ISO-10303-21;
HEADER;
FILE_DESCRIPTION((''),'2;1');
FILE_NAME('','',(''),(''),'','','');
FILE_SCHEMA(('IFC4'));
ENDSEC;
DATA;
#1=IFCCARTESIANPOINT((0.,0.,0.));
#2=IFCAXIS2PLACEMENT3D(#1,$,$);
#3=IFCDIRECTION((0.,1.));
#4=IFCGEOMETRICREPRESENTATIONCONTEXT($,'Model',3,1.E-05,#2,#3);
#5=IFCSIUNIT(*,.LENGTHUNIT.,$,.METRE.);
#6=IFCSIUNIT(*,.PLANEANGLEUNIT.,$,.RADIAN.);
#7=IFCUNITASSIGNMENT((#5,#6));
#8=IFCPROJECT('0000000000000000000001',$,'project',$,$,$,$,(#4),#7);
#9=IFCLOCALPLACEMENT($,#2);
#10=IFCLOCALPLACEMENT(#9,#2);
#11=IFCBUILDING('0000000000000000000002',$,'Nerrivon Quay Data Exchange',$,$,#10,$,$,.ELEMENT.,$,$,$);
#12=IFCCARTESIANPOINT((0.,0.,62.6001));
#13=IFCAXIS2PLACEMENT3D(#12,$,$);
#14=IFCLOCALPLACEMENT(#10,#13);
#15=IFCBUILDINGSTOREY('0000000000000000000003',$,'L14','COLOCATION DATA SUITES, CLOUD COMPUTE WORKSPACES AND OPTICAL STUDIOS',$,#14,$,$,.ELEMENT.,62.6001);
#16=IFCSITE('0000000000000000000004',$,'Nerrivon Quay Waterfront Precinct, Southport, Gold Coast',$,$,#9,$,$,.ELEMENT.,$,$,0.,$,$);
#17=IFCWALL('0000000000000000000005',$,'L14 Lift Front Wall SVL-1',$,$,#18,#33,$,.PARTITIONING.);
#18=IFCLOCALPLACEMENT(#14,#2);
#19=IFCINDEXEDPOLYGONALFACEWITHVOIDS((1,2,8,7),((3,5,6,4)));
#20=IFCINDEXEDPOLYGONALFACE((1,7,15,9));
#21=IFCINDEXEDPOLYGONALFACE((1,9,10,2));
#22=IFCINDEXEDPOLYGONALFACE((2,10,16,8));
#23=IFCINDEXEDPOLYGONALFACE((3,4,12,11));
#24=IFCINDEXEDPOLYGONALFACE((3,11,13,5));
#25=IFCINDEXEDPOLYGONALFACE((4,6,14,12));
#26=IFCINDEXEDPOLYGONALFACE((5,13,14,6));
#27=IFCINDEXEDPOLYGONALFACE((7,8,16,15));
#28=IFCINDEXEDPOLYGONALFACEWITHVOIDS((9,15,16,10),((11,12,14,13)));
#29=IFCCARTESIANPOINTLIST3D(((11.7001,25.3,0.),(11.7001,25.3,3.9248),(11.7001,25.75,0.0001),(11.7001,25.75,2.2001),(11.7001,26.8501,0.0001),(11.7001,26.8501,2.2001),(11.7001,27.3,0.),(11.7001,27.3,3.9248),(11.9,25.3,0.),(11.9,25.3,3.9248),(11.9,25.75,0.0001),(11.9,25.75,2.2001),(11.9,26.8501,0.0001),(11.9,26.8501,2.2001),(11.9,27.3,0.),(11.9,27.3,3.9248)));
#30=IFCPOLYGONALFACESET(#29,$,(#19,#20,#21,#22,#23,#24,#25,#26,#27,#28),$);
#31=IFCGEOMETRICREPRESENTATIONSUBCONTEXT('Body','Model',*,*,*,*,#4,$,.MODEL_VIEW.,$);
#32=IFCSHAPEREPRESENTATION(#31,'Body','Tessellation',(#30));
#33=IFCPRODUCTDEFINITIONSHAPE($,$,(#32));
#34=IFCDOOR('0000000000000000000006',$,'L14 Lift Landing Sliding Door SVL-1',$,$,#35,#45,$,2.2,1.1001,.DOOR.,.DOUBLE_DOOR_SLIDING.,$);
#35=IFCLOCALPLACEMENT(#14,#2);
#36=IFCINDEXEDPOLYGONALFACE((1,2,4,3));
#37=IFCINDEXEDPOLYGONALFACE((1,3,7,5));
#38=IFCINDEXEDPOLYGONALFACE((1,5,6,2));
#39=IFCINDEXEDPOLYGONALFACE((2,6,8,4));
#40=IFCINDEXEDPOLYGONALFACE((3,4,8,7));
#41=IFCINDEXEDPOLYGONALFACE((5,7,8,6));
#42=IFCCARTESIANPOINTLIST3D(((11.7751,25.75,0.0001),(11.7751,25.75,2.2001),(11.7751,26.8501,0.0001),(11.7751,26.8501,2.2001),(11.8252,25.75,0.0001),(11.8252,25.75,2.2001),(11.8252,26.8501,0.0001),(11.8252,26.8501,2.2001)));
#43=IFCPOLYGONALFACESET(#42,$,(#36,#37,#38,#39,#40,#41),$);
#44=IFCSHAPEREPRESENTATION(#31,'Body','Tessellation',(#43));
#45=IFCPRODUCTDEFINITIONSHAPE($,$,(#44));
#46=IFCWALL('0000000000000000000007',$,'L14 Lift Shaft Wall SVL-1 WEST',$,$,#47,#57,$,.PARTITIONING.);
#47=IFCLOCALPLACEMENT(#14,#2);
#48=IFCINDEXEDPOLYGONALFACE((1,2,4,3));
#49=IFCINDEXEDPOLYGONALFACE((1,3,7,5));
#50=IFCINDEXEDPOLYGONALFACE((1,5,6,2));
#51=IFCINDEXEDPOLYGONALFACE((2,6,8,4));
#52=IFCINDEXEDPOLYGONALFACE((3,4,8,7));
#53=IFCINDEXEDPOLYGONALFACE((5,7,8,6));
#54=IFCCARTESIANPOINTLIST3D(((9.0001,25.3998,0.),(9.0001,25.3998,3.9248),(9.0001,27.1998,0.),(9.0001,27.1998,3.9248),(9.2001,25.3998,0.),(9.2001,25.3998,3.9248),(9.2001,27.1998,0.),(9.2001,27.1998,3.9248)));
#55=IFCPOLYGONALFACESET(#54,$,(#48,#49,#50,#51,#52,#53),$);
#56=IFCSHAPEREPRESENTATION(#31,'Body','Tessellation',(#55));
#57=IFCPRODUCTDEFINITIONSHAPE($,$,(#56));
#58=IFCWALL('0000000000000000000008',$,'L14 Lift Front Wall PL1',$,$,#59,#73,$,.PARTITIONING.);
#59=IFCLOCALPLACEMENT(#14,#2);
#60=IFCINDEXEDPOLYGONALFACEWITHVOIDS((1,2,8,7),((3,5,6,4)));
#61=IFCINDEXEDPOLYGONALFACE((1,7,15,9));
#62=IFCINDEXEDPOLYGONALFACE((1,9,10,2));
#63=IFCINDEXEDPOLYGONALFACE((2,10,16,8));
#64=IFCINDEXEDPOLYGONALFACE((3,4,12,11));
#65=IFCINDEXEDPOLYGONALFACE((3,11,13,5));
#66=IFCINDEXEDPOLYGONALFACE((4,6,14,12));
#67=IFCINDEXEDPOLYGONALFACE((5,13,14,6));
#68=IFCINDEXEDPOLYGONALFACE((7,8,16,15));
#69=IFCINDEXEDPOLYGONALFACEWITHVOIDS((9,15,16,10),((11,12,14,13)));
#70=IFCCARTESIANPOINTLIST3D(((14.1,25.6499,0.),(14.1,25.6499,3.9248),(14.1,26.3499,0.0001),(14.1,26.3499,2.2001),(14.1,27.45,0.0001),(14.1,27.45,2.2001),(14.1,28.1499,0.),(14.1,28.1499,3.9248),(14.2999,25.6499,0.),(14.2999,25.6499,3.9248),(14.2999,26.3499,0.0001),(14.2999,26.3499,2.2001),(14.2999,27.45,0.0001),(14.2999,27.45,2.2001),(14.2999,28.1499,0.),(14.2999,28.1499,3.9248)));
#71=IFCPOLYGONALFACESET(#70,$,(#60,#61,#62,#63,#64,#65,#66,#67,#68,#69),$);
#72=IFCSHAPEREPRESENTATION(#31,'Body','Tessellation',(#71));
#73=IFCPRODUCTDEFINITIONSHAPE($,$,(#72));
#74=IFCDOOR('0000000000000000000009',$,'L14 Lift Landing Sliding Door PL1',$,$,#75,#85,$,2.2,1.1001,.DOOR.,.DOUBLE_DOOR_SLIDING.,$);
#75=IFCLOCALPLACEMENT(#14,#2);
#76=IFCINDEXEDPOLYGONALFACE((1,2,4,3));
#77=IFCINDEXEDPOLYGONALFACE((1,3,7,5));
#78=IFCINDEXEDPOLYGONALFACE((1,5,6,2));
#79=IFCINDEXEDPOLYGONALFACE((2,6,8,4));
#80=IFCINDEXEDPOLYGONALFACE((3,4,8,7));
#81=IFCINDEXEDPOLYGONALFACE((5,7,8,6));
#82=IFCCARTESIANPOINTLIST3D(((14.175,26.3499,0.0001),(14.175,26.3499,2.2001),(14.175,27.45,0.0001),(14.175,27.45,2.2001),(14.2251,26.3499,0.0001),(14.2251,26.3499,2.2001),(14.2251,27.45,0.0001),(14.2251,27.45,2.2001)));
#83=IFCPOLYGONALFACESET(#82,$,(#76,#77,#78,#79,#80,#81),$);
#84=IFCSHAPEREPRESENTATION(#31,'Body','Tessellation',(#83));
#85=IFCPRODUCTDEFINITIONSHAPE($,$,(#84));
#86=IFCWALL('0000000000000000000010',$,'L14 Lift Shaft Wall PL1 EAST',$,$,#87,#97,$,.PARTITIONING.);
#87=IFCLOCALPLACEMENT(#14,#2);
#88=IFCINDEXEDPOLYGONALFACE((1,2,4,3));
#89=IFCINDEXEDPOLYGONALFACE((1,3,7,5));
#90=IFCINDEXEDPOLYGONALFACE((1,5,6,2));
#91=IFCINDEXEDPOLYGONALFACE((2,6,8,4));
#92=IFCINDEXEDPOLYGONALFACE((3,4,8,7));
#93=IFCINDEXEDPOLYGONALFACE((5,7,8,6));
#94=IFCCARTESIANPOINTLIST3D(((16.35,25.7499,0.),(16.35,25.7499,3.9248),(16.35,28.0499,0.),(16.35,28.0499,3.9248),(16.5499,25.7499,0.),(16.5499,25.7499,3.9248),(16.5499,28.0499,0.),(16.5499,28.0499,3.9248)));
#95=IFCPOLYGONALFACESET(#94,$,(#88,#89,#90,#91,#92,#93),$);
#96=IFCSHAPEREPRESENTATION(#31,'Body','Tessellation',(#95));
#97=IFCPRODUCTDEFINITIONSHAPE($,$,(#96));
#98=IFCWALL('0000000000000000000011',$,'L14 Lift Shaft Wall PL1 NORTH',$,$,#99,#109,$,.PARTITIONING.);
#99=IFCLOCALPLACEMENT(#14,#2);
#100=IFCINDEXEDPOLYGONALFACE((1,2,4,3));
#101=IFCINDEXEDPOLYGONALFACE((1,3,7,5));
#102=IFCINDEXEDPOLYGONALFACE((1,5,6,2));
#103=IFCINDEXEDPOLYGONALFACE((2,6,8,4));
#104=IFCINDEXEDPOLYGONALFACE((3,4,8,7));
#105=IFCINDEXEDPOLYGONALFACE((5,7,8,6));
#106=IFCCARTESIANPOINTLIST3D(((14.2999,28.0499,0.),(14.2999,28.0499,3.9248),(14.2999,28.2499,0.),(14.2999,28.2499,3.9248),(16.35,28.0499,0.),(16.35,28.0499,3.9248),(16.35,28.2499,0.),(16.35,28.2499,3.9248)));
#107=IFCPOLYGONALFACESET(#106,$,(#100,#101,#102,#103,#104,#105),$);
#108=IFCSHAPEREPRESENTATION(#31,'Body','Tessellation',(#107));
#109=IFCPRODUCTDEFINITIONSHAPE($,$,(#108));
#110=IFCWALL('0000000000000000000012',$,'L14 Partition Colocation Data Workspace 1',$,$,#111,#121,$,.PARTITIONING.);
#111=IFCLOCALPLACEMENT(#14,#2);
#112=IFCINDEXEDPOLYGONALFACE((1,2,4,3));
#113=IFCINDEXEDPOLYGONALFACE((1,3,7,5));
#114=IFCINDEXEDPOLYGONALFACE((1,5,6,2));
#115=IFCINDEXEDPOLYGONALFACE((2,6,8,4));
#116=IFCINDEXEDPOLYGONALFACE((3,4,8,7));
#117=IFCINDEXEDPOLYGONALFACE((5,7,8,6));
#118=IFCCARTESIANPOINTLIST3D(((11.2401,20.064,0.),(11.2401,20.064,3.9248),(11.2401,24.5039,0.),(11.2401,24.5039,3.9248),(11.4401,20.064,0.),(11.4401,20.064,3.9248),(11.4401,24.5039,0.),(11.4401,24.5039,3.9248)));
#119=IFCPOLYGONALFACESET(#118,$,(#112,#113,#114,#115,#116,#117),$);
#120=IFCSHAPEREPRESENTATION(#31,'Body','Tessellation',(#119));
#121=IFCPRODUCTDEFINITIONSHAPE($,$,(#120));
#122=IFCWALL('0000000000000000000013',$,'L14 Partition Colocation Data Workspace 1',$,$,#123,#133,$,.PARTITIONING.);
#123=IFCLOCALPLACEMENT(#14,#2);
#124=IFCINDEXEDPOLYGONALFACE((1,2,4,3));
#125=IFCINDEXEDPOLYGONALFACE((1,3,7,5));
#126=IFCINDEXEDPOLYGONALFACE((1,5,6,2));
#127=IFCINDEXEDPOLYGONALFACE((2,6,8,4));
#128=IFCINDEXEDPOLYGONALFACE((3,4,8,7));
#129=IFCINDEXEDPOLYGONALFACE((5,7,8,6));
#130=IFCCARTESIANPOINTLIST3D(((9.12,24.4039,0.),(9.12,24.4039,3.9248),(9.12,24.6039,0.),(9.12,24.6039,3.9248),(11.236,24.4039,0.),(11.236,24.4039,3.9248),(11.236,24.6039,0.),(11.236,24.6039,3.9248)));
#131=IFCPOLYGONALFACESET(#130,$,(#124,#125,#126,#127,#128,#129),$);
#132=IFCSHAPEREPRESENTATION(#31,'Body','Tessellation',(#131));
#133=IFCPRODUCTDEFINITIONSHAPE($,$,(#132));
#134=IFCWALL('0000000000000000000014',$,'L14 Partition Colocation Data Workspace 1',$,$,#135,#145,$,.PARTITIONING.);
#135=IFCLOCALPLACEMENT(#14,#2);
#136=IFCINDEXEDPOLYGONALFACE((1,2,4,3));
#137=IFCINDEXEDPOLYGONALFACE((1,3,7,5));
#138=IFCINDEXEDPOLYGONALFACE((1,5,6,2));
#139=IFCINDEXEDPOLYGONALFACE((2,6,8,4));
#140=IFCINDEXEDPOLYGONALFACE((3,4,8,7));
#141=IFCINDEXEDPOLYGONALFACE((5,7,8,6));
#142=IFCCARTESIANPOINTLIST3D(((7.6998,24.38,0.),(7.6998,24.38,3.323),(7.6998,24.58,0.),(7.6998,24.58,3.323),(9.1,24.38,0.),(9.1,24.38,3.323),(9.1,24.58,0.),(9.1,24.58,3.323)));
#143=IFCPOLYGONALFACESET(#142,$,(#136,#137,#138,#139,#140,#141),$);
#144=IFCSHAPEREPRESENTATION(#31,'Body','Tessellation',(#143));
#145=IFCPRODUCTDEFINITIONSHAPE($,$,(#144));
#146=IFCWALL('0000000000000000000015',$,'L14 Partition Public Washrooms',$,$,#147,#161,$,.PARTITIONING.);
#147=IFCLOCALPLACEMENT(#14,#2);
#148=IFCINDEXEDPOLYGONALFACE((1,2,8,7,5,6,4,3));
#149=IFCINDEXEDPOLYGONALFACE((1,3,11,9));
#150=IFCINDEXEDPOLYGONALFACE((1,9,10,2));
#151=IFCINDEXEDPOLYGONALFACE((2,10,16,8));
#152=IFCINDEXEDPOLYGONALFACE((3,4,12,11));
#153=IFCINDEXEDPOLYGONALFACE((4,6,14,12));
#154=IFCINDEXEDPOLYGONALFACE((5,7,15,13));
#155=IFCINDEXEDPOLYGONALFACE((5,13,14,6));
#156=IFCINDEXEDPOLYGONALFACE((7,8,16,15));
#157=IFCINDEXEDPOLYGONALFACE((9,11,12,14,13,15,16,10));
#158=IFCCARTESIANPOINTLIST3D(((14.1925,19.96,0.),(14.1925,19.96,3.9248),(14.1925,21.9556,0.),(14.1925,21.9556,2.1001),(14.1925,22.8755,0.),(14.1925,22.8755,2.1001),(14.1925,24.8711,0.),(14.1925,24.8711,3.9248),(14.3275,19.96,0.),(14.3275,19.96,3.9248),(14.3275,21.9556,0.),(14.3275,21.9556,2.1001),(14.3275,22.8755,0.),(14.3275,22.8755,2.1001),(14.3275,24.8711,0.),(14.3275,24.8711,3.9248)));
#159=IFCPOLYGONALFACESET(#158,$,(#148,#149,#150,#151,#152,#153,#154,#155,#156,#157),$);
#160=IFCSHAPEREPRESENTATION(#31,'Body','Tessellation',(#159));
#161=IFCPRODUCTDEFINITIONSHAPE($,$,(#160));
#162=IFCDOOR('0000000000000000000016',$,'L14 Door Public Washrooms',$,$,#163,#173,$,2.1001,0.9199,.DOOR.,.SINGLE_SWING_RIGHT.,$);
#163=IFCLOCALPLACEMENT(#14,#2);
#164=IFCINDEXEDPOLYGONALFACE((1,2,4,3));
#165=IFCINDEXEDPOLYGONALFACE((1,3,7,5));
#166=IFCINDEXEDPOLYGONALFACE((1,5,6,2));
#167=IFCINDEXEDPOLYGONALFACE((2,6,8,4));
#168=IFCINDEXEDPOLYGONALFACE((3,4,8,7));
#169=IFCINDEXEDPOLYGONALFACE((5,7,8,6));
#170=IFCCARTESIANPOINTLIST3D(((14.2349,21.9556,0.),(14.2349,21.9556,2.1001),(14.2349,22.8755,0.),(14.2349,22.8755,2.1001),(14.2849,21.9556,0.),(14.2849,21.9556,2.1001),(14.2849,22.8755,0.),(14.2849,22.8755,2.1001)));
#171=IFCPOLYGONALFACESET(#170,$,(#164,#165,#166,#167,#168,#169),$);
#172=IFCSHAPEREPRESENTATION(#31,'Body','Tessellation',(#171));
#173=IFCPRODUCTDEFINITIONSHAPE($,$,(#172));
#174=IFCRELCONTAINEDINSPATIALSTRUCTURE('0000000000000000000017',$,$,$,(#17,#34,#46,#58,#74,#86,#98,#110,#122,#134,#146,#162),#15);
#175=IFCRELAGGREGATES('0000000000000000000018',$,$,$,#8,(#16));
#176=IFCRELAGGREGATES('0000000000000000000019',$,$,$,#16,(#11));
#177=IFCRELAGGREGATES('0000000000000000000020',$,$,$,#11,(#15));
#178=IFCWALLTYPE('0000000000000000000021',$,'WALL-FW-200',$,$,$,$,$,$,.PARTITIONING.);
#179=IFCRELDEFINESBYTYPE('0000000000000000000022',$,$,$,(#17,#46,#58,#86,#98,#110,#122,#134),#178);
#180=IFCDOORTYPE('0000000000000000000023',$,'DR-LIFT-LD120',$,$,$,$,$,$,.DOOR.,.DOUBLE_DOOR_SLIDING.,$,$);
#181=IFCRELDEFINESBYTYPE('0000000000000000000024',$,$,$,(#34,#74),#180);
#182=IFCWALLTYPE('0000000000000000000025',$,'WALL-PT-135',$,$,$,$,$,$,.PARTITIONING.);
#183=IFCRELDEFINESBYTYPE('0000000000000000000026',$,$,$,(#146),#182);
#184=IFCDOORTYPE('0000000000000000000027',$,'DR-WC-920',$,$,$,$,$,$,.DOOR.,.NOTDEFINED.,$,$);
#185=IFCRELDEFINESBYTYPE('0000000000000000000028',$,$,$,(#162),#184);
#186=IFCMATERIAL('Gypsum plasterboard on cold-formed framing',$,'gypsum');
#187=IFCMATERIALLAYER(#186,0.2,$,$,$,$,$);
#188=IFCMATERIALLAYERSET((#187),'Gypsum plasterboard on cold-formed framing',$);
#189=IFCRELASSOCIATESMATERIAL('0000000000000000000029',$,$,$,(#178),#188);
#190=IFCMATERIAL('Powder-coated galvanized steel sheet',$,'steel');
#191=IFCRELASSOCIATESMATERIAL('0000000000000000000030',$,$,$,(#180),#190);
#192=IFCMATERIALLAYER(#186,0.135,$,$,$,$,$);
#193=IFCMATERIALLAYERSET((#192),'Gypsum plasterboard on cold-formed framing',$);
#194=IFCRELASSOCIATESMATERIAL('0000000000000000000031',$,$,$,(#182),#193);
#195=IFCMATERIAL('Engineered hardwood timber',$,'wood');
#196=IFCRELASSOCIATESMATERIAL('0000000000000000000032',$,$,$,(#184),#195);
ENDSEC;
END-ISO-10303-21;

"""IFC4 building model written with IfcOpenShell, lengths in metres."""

from ifc_helpers import new_model, si_unit, direction, frame, frame_2d, origin, place, context, subcontext, project, spatial, rectangle, extrude, material, layer, layer_set, type_object, element, fill, save


model = new_model("IFC4")

# Units and contexts
model_context = context("Model", 3, precision=1e-05, world=origin(), true_north=direction((0.0, 1.0)))
body_context = subcontext(model_context, "Body", "Model", "MODEL_VIEW")
ifc_project = project(units=[si_unit("LENGTHUNIT", "METRE"), si_unit("PLANEANGLEUNIT", "RADIAN")], contexts=[model_context])

# Site, building, storey
site_placement = place(None, origin())
site = spatial("IfcSite", under=ifc_project, at=site_placement, Name="Nerrivon Quay Waterfront Precinct, Southport, Gold Coast", CompositionType="ELEMENT", RefElevation=0.0)
building_placement = place(site_placement, origin())
building = spatial("IfcBuilding", under=site, at=building_placement, Name="Nerrivon Quay Data Exchange", CompositionType="ELEMENT")
storey_placement = place(building_placement, frame((0.0, 0.0, 62.6001)))
storey = spatial("IfcBuildingStorey", under=building, at=storey_placement, Name="L14", Description="COLOCATION DATA SUITES, CLOUD COMPUTE WORKSPACES AND OPTICAL STUDIOS", CompositionType="ELEMENT", Elevation=62.6001)

# Shared definitions
ifc_material_1 = material(Name="Powder-coated galvanized steel sheet", Category="steel")
ifc_material_2 = material(Name="Gypsum plasterboard on cold-formed framing", Category="gypsum")
ifc_layer_1 = layer(ifc_material_2, 0.2)
ifc_layer_set_1 = layer_set([ifc_layer_1], Name="Gypsum plasterboard on cold-formed framing")
wall_type_1 = type_object("IfcWallType", Name="WALL-FW-200", PredefinedType="PARTITIONING", material=ifc_layer_set_1)
door_type_1 = type_object("IfcDoorType", Name="DR-LIFT-LD120", OperationType="DOUBLE_DOOR_SLIDING", PredefinedType="DOOR", material=ifc_material_1)

# Wall, opening, door
wall_1_placement = place(storey_placement, frame((11.8, 25.3, 0.0), z_axis=(0.0, 0.0, 1.0), x_axis=(0.0, 1.0, 0.0)))
wall_1 = element("IfcWall", 1, at=wall_1_placement, inside=storey, type_object=wall_type_1, Name="L14 Lift Front Wall SVL-1", PredefinedType="PARTITIONING", context=body_context, shape_type="SweptSolid", body=[
    extrude(rectangle(XDim=2.0, YDim=0.2, at=frame_2d((1.0, 0.0))), origin(), (0.0, 0.0, 1.0), 3.9248),
])
opening_1_placement = place(wall_1_placement, frame((0.45, 0.0, 0.0)))
opening_1 = element("IfcOpeningElement", 2, at=opening_1_placement, cuts=wall_1, PredefinedType="OPENING", context=body_context, shape_type="SweptSolid", body=[
    extrude(rectangle(XDim=1.1001, YDim=2.2, at=frame_2d((0.55, 1.1001))), frame((0.0, 0.1099, 0.0), z_axis=(0.0, -1.0, 0.0), x_axis=(1.0, 0.0, 0.0)), (0.0, 0.0, 1.0), 0.22),
])
door_1_placement = place(opening_1_placement, origin())
door_1 = element("IfcDoor", 3, at=door_1_placement, inside=storey, type_object=door_type_1, Name="L14 Lift Landing Sliding Door SVL-1", OperationType="DOUBLE_DOOR_SLIDING", OverallHeight=2.2, OverallWidth=1.1001, PredefinedType="DOOR", context=body_context, shape_type="SweptSolid", body=[
    extrude(rectangle(XDim=1.1001, YDim=2.2, at=frame_2d((0.55, 1.1001))), frame((0.0, 0.0249, 0.0), z_axis=(0.0, -1.0, 0.0), x_axis=(1.0, 0.0, 0.0)), (0.0, 0.0, 1.0), 0.05),
])
fill(opening_1, door_1)

# Wall
wall_2_placement = place(storey_placement, frame((9.1001, 25.3999, 0.0), z_axis=(0.0, 0.0, 1.0), x_axis=(0.0, 1.0, 0.0)))
element("IfcWall", 4, at=wall_2_placement, inside=storey, type_object=wall_type_1, Name="L14 Lift Shaft Wall SVL-1 WEST", PredefinedType="PARTITIONING", context=body_context, shape_type="SweptSolid", body=[
    extrude(rectangle(XDim=1.8, YDim=0.2, at=frame_2d((0.8999, 0.0))), origin(), (0.0, 0.0, 1.0), 3.9248),
])

# Wall, opening, door
wall_3_placement = place(storey_placement, frame((14.2, 25.6499, 0.0), z_axis=(0.0, 0.0, 1.0), x_axis=(0.0, 1.0, 0.0)))
wall_3 = element("IfcWall", 5, at=wall_3_placement, inside=storey, type_object=wall_type_1, Name="L14 Lift Front Wall PL1", PredefinedType="PARTITIONING", context=body_context, shape_type="SweptSolid", body=[
    extrude(rectangle(XDim=2.5, YDim=0.2, at=frame_2d((1.25, 0.0))), origin(), (0.0, 0.0, 1.0), 3.9248),
])
opening_2_placement = place(wall_3_placement, frame((0.7, 0.0, 0.0)))
opening_2 = element("IfcOpeningElement", 6, at=opening_2_placement, cuts=wall_3, PredefinedType="OPENING", context=body_context, shape_type="SweptSolid", body=[
    extrude(rectangle(XDim=1.1001, YDim=2.2, at=frame_2d((0.55, 1.1001))), frame((0.0, 0.1099, 0.0), z_axis=(0.0, -1.0, 0.0), x_axis=(1.0, 0.0, 0.0)), (0.0, 0.0, 1.0), 0.22),
])
door_2_placement = place(opening_2_placement, origin())
door_2 = element("IfcDoor", 7, at=door_2_placement, inside=storey, type_object=door_type_1, Name="L14 Lift Landing Sliding Door PL1", OperationType="DOUBLE_DOOR_SLIDING", OverallHeight=2.2, OverallWidth=1.1001, PredefinedType="DOOR", context=body_context, shape_type="SweptSolid", body=[
    extrude(rectangle(XDim=1.1001, YDim=2.2, at=frame_2d((0.55, 1.1001))), frame((0.0, 0.0249, 0.0), z_axis=(0.0, -1.0, 0.0), x_axis=(1.0, 0.0, 0.0)), (0.0, 0.0, 1.0), 0.05),
])
fill(opening_2, door_2)

# Walls
wall_4_placement = place(storey_placement, frame((16.45, 25.75, 0.0), z_axis=(0.0, 0.0, 1.0), x_axis=(0.0, 1.0, 0.0)))
element("IfcWall", 8, at=wall_4_placement, inside=storey, type_object=wall_type_1, Name="L14 Lift Shaft Wall PL1 EAST", PredefinedType="PARTITIONING", context=body_context, shape_type="SweptSolid", body=[
    extrude(rectangle(XDim=2.3, YDim=0.2, at=frame_2d((1.1499, 0.0))), origin(), (0.0, 0.0, 1.0), 3.9248),
])
wall_5_placement = place(storey_placement, frame((14.3, 28.1499, 0.0), z_axis=(0.0, 0.0, 1.0), x_axis=(1.0, 0.0, 0.0)))
element("IfcWall", 9, at=wall_5_placement, inside=storey, type_object=wall_type_1, Name="L14 Lift Shaft Wall PL1 NORTH", PredefinedType="PARTITIONING", context=body_context, shape_type="SweptSolid", body=[
    extrude(rectangle(XDim=2.05, YDim=0.2, at=frame_2d((1.0249, 0.0))), origin(), (0.0, 0.0, 1.0), 3.9248),
])
wall_6_placement = place(storey_placement, frame((11.3401, 20.064, 0.0), z_axis=(0.0, 0.0, 1.0), x_axis=(0.0, 1.0, 0.0)))
element("IfcWall", 10, at=wall_6_placement, inside=storey, type_object=wall_type_1, Name="L14 Partition Colocation Data Workspace 1", PredefinedType="PARTITIONING", context=body_context, shape_type="SweptSolid", body=[
    extrude(rectangle(XDim=4.4399, YDim=0.2, at=frame_2d((2.22, 0.0))), origin(), (0.0, 0.0, 1.0), 3.9248),
])
wall_7_placement = place(storey_placement, frame((11.2361, 24.5039, 0.0), z_axis=(0.0, 0.0, 1.0), x_axis=(-1.0, 0.0, 0.0)))
element("IfcWall", 11, at=wall_7_placement, inside=storey, type_object=wall_type_1, Name="L14 Partition Colocation Data Workspace 1", PredefinedType="PARTITIONING", context=body_context, shape_type="SweptSolid", body=[
    extrude(rectangle(XDim=2.116, YDim=0.2, at=frame_2d((1.0581, 0.0))), origin(), (0.0, 0.0, 1.0), 3.9248),
])
wall_8_placement = place(storey_placement, frame((9.1001, 24.48, 0.0), z_axis=(0.0, 0.0, 1.0), x_axis=(-1.0, 0.0, 0.0)))
element("IfcWall", 12, at=wall_8_placement, inside=storey, type_object=wall_type_1, Name="L14 Partition Colocation Data Workspace 1", PredefinedType="PARTITIONING", context=body_context, shape_type="SweptSolid", body=[
    extrude(rectangle(XDim=1.4001, YDim=0.2, at=frame_2d((0.7002, 0.0))), origin(), (0.0, 0.0, 1.0), 3.323),
])

# Wall, opening, door
ifc_layer_2 = layer(ifc_material_2, 0.135)
ifc_layer_set_2 = layer_set([ifc_layer_2], Name="Gypsum plasterboard on cold-formed framing")
wall_type_2 = type_object("IfcWallType", Name="WALL-PT-135", PredefinedType="PARTITIONING", material=ifc_layer_set_2)
wall_9_placement = place(storey_placement, frame((14.26, 24.8711, 0.0), z_axis=(0.0, 0.0, 1.0), x_axis=(0.0, -1.0, 0.0)))
wall_9 = element("IfcWall", 13, at=wall_9_placement, inside=storey, type_object=wall_type_2, Name="L14 Partition Public Washrooms", PredefinedType="PARTITIONING", context=body_context, shape_type="SweptSolid", body=[
    extrude(rectangle(XDim=4.9111, YDim=0.135, at=frame_2d((2.4556, 0.0))), origin(), (0.0, 0.0, 1.0), 3.9248),
])
opening_3_placement = place(wall_9_placement, frame((1.9956, 0.0, 0.0)))
opening_3 = element("IfcOpeningElement", 14, at=opening_3_placement, cuts=wall_9, PredefinedType="OPENING", context=body_context, shape_type="SweptSolid", body=[
    extrude(rectangle(XDim=0.9199, YDim=2.1001, at=frame_2d((0.46, 1.05))), frame((0.0, 0.0774, 0.0), z_axis=(0.0, -1.0, 0.0), x_axis=(1.0, 0.0, 0.0)), (0.0, 0.0, 1.0), 0.155),
])
ifc_material_3 = material(Name="Engineered hardwood timber", Category="wood")
door_type_2 = type_object("IfcDoorType", Name="DR-WC-920", OperationType="NOTDEFINED", PredefinedType="DOOR", material=ifc_material_3)
door_3_placement = place(opening_3_placement, origin())
door_3 = element("IfcDoor", 15, at=door_3_placement, inside=storey, type_object=door_type_2, Name="L14 Door Public Washrooms", OperationType="SINGLE_SWING_RIGHT", OverallHeight=2.1001, OverallWidth=0.9199, PredefinedType="DOOR", context=body_context, shape_type="SweptSolid", body=[
    extrude(rectangle(XDim=0.9199, YDim=2.1001, at=frame_2d((0.46, 1.05))), frame((0.0, 0.0249, 0.0), z_axis=(0.0, -1.0, 0.0), x_axis=(1.0, 0.0, 0.0)), (0.0, 0.0, 1.0), 0.05),
])
fill(opening_3, door_3)

save(model, "model.ifc")
